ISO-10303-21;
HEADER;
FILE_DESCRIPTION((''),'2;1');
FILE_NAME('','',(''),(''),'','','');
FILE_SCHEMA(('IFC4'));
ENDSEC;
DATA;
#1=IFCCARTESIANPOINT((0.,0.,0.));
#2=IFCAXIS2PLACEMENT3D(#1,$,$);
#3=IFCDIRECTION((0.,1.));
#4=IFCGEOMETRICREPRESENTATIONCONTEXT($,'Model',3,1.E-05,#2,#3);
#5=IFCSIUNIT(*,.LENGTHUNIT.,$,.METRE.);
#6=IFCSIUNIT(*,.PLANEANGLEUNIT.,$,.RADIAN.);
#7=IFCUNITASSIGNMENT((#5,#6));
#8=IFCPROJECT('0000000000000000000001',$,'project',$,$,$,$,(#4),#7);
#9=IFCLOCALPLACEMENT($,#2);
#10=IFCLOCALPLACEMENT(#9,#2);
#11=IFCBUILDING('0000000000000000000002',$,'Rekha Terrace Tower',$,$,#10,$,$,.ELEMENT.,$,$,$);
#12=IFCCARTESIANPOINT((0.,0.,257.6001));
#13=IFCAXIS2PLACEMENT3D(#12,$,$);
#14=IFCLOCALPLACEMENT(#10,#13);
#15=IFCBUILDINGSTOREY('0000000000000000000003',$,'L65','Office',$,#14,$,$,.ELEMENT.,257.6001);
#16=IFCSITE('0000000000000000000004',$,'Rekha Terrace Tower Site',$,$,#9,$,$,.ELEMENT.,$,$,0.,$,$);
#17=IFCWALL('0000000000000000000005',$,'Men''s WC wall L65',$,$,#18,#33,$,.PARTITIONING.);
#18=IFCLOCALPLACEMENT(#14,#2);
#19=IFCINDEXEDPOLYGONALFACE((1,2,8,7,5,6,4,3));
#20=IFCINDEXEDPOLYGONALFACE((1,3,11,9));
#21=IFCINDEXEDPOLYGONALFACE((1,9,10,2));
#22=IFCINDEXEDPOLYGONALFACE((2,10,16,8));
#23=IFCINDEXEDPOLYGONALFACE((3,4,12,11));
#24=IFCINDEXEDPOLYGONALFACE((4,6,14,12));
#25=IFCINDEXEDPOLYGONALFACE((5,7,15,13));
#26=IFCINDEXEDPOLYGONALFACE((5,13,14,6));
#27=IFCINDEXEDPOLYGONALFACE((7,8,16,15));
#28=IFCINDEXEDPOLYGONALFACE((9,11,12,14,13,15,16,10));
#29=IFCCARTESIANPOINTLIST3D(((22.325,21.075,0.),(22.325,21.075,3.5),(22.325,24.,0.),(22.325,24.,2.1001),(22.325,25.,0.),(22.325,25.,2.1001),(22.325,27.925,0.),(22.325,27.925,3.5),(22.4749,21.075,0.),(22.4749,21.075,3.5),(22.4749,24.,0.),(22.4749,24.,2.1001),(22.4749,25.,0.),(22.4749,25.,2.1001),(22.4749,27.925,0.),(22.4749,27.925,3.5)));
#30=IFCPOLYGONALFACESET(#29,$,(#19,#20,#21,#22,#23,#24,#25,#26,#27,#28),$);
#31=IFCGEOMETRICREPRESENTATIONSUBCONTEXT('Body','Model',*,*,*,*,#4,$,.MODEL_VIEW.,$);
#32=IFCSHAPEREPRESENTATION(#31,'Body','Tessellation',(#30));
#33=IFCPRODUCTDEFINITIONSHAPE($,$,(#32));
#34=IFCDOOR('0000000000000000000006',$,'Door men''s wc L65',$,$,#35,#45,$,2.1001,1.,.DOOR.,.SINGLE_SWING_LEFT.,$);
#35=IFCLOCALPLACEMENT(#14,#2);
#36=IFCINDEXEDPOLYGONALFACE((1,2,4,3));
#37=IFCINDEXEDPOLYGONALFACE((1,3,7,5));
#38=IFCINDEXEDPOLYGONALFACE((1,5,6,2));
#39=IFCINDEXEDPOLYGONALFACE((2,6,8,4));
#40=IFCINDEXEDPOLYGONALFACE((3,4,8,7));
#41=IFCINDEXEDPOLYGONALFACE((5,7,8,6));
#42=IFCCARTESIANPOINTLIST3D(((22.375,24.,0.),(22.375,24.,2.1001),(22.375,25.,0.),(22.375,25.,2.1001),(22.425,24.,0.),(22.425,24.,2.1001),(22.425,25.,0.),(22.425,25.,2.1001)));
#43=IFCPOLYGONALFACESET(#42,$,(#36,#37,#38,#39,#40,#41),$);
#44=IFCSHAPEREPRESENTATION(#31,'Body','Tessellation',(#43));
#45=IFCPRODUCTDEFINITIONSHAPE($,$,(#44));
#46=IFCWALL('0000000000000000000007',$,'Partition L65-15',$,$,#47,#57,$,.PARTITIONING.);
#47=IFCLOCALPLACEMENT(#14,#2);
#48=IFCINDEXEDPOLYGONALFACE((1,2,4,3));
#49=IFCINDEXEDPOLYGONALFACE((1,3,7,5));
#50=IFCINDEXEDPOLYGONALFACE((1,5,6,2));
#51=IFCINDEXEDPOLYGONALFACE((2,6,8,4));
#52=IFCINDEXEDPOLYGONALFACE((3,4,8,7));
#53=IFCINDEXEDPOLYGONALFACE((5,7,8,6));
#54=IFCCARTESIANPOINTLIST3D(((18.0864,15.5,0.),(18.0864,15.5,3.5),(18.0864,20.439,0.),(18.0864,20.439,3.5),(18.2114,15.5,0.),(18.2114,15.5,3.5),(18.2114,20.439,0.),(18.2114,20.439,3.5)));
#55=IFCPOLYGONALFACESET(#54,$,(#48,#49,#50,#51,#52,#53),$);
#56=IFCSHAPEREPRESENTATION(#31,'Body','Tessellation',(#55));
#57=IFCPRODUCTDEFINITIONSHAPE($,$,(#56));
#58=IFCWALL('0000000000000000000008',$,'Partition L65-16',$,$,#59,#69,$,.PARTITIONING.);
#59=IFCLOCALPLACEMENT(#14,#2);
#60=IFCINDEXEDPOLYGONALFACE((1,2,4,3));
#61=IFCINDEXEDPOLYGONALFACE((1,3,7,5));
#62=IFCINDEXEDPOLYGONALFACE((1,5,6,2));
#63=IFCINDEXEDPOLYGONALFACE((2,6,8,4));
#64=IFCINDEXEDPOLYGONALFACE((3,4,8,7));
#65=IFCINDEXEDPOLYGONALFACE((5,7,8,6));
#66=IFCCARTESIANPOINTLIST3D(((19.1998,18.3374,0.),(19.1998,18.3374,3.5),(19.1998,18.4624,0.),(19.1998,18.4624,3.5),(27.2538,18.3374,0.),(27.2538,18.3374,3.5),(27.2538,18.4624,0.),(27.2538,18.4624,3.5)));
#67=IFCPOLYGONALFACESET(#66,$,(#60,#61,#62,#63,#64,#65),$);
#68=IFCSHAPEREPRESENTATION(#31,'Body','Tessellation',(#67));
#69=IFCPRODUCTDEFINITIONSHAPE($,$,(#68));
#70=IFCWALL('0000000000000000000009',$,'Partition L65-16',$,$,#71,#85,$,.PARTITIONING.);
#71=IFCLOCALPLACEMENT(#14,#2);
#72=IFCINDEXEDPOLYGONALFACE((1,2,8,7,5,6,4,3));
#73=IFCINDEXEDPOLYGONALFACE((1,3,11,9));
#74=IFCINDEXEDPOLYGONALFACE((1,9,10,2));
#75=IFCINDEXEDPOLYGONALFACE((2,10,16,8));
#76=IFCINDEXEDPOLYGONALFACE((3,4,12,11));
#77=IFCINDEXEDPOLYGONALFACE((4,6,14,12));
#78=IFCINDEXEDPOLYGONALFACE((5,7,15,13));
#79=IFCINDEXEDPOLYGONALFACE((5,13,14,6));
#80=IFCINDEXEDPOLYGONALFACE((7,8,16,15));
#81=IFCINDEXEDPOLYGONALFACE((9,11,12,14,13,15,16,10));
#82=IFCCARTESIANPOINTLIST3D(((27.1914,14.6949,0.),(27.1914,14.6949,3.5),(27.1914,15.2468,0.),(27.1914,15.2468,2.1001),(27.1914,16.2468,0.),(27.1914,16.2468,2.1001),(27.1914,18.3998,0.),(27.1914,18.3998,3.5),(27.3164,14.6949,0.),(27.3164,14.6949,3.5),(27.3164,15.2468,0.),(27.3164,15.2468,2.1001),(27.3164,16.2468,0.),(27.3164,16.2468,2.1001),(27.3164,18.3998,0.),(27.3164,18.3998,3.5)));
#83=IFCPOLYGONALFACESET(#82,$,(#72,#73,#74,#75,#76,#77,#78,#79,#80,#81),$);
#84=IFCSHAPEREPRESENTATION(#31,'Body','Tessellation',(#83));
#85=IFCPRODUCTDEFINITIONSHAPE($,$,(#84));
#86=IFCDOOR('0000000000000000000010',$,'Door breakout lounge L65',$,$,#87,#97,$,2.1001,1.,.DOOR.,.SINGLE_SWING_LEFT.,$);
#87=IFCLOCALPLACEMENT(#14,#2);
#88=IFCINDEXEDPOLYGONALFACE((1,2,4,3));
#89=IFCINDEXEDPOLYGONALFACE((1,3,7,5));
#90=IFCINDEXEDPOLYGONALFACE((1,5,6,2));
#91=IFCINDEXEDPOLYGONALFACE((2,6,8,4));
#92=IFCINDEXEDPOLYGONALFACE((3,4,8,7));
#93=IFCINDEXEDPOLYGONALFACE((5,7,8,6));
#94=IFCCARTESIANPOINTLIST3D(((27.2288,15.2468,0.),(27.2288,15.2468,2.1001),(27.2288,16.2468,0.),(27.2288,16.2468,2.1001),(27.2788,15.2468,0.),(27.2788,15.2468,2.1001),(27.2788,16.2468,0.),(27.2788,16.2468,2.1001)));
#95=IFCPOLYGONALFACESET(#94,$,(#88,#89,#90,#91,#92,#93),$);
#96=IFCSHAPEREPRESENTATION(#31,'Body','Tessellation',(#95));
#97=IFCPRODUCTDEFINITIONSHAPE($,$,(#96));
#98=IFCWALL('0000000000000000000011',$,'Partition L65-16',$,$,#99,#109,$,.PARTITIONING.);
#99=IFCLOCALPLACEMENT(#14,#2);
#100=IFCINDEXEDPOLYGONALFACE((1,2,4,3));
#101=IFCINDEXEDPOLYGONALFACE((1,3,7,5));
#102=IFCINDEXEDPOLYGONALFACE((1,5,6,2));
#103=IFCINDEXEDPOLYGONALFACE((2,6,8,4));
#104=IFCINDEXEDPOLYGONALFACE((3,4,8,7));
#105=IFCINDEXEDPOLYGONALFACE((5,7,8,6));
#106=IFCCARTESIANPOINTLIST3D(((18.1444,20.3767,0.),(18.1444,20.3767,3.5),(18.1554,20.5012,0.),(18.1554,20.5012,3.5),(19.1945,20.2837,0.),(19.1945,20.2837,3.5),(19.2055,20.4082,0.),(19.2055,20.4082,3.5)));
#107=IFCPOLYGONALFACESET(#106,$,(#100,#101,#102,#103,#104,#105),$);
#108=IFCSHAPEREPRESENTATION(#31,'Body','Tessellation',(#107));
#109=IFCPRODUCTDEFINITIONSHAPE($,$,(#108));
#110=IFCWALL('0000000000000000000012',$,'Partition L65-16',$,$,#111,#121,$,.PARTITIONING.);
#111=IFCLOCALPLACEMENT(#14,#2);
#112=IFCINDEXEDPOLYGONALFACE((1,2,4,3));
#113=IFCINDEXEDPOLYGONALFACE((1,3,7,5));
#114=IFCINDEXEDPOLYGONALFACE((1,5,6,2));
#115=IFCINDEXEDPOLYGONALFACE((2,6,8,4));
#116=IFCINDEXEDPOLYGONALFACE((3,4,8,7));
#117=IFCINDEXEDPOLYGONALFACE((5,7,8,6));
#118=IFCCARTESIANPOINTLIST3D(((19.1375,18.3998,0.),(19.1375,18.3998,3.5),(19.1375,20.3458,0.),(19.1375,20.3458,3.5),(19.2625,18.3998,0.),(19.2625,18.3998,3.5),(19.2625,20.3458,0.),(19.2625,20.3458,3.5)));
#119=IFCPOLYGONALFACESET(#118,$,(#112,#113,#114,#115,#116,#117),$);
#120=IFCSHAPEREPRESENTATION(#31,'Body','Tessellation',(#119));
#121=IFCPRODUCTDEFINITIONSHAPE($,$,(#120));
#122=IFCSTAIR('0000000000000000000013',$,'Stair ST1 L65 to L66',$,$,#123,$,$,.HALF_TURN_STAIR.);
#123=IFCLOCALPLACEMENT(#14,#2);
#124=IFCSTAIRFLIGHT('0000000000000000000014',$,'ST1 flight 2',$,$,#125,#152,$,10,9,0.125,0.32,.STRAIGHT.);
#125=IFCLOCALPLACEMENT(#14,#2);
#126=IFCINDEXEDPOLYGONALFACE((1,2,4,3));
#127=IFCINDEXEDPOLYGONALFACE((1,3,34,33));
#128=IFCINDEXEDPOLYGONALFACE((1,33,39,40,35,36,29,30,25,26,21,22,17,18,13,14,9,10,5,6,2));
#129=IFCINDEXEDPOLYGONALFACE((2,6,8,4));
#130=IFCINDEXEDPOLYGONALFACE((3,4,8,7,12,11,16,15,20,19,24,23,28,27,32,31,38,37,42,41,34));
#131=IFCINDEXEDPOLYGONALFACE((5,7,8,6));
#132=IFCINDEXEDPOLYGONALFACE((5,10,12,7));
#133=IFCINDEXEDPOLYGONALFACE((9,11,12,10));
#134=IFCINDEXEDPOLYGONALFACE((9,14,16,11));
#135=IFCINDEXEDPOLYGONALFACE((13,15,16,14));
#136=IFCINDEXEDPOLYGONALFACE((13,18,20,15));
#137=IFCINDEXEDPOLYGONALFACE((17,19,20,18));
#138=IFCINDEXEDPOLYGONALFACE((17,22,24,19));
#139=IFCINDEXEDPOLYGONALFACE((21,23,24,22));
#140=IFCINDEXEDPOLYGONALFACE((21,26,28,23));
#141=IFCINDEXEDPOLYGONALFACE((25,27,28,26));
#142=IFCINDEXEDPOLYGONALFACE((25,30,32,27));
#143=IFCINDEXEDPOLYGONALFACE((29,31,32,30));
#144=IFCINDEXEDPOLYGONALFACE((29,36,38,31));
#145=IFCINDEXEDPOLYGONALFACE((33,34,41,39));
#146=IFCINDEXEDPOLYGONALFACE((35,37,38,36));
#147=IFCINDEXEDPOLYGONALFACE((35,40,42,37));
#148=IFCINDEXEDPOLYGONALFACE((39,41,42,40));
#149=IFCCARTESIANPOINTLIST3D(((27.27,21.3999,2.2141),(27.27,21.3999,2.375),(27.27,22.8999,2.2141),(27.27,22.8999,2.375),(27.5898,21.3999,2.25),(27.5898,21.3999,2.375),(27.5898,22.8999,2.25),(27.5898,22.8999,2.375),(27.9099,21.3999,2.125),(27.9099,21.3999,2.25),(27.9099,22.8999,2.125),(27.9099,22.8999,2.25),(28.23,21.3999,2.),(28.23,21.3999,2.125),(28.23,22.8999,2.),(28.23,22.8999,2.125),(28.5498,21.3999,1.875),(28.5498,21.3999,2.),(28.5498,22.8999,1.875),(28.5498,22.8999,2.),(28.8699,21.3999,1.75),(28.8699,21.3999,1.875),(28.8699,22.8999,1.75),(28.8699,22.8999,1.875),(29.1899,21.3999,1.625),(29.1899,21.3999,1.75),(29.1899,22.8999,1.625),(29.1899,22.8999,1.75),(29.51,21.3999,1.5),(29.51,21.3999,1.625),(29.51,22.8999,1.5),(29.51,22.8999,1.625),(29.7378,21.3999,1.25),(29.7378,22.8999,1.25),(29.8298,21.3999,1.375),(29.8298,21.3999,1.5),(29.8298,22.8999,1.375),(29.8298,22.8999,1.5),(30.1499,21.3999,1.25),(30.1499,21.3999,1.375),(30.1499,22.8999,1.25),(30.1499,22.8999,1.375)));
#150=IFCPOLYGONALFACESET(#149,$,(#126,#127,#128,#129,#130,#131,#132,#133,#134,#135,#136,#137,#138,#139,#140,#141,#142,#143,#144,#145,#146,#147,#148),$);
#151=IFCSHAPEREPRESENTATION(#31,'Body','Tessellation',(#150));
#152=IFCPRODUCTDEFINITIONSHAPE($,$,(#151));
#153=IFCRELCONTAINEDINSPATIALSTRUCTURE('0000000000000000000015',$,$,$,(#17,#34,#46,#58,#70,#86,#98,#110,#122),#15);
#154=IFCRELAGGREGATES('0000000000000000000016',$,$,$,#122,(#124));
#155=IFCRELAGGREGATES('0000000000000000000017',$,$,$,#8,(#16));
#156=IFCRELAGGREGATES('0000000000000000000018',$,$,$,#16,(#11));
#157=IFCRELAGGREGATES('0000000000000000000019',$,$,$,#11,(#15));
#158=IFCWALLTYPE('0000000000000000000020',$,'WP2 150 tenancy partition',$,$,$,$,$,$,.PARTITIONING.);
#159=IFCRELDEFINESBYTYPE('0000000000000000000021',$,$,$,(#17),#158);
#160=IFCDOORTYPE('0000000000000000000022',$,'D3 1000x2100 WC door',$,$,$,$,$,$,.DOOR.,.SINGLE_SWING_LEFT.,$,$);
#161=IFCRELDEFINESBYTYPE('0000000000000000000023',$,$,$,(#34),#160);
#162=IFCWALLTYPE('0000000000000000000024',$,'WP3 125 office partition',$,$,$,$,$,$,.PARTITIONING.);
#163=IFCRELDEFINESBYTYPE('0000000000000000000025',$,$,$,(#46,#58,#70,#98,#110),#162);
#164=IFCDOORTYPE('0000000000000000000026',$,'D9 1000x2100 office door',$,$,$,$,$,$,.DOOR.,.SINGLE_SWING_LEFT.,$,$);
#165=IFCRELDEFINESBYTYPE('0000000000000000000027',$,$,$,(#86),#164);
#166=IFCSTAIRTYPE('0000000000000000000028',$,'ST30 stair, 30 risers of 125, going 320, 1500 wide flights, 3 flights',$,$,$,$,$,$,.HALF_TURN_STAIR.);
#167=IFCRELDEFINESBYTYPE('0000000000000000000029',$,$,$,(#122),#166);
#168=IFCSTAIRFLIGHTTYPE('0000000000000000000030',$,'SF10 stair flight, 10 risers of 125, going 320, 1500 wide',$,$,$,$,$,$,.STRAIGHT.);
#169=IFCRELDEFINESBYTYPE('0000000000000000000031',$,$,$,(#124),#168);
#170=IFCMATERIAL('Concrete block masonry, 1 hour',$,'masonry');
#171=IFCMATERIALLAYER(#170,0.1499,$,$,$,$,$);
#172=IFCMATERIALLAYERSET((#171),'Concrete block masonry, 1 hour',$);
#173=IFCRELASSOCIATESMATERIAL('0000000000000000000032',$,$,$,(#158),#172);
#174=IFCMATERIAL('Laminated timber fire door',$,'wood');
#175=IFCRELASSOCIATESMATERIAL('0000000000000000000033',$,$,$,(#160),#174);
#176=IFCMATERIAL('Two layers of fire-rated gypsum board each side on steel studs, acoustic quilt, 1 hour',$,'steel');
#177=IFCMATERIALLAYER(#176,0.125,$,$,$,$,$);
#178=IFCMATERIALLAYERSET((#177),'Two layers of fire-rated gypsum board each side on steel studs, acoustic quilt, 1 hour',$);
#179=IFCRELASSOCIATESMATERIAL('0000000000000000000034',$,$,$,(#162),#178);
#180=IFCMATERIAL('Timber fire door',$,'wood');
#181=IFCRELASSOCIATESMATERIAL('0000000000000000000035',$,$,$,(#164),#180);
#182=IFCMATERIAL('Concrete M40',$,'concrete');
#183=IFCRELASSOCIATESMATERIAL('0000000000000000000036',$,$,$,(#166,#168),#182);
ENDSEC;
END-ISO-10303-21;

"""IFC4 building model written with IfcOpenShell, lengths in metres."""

from ifc_helpers import new_model, si_unit, direction, frame, frame_2d, origin, place, context, subcontext, project, spatial, polyline, rectangle, outline, extrude, material, layer, layer_set, type_object, element, fill, aggregate, save


model = new_model("IFC4")

# Units and contexts
model_context = context("Model", 3, precision=1e-05, world=origin(), true_north=direction((0.0, 1.0)))
body_context = subcontext(model_context, "Body", "Model", "MODEL_VIEW")
ifc_project = project(units=[si_unit("LENGTHUNIT", "METRE"), si_unit("PLANEANGLEUNIT", "RADIAN")], contexts=[model_context])

# Site, building, storey
site_placement = place(None, origin())
site = spatial("IfcSite", under=ifc_project, at=site_placement, Name="Rekha Terrace Tower Site", CompositionType="ELEMENT", RefElevation=0.0)
building_placement = place(site_placement, origin())
building = spatial("IfcBuilding", under=site, at=building_placement, Name="Rekha Terrace Tower", CompositionType="ELEMENT")
storey_placement = place(building_placement, frame((0.0, 0.0, 257.6001)))
storey = spatial("IfcBuildingStorey", under=building, at=storey_placement, Name="L65", Description="Office", CompositionType="ELEMENT", Elevation=257.6001)

# Shared definitions
ifc_material_1 = material(Name="Concrete block masonry, 1 hour", Category="masonry")
ifc_layer_1 = layer(ifc_material_1, 0.1499)
ifc_layer_set_1 = layer_set([ifc_layer_1], Name="Concrete block masonry, 1 hour")
wall_type_1 = type_object("IfcWallType", Name="WP2 150 tenancy partition", PredefinedType="PARTITIONING", material=ifc_layer_set_1)

# Wall, opening, door
wall_1_placement = place(storey_placement, frame((22.3999, 21.075, 0.0), z_axis=(0.0, 0.0, 1.0), x_axis=(0.0, 1.0, 0.0)))
wall_1 = element("IfcWall", 1, at=wall_1_placement, inside=storey, type_object=wall_type_1, Name="Men's WC wall L65", PredefinedType="PARTITIONING", context=body_context, shape_type="SweptSolid", body=[
    extrude(rectangle(XDim=6.8501, YDim=0.1499, at=frame_2d((3.425, 0.0))), origin(), (0.0, 0.0, 1.0), 3.5),
])
opening_1_placement = place(wall_1_placement, frame((2.925, 0.0, 0.0)))
opening_1 = element("IfcOpeningElement", 2, at=opening_1_placement, cuts=wall_1, PredefinedType="OPENING", context=body_context, shape_type="SweptSolid", body=[
    extrude(rectangle(XDim=1.0, YDim=2.1001, at=frame_2d((0.5, 1.05))), frame((0.0, 0.085, 0.0), z_axis=(0.0, -1.0, 0.0), x_axis=(1.0, 0.0, 0.0)), (0.0, 0.0, 1.0), 0.1699),
])
ifc_material_2 = material(Name="Laminated timber fire door", Category="wood")
door_type_1 = type_object("IfcDoorType", Name="D3 1000x2100 WC door", OperationType="SINGLE_SWING_LEFT", PredefinedType="DOOR", material=ifc_material_2)
door_1_placement = place(opening_1_placement, origin())
door_1 = element("IfcDoor", 3, at=door_1_placement, inside=storey, type_object=door_type_1, Name="Door men's wc L65", OperationType="SINGLE_SWING_LEFT", OverallHeight=2.1001, OverallWidth=1.0, PredefinedType="DOOR", context=body_context, shape_type="SweptSolid", body=[
    extrude(rectangle(XDim=1.0, YDim=2.1001, at=frame_2d((0.5, 1.05))), frame((0.0, 0.0249, 0.0), z_axis=(0.0, -1.0, 0.0), x_axis=(1.0, 0.0, 0.0)), (0.0, 0.0, 1.0), 0.05),
])
fill(opening_1, door_1)

# Walls
ifc_material_3 = material(Name="Two layers of fire-rated gypsum board each side on steel studs, acoustic quilt, 1 hour", Category="steel")
ifc_layer_2 = layer(ifc_material_3, 0.125)
ifc_layer_set_2 = layer_set([ifc_layer_2], Name="Two layers of fire-rated gypsum board each side on steel studs, acoustic quilt, 1 hour")
wall_type_2 = type_object("IfcWallType", Name="WP3 125 office partition", PredefinedType="PARTITIONING", material=ifc_layer_set_2)
wall_2_placement = place(storey_placement, frame((18.1489, 20.439, 0.0), z_axis=(0.0, 0.0, 1.0), x_axis=(0.0, -1.0, 0.0)))
element("IfcWall", 4, at=wall_2_placement, inside=storey, type_object=wall_type_2, Name="Partition L65-15", PredefinedType="PARTITIONING", context=body_context, shape_type="SweptSolid", body=[
    extrude(rectangle(XDim=4.939, YDim=0.125, at=frame_2d((2.4695, 0.0))), origin(), (0.0, 0.0, 1.0), 3.5),
])
wall_3_placement = place(storey_placement, frame((19.2, 18.3999, 0.0), z_axis=(0.0, 0.0, 1.0), x_axis=(1.0, 0.0, 0.0)))
element("IfcWall", 5, at=wall_3_placement, inside=storey, type_object=wall_type_2, Name="Partition L65-16", PredefinedType="PARTITIONING", context=body_context, shape_type="SweptSolid", body=[
    extrude(rectangle(XDim=8.054, YDim=0.125, at=frame_2d((4.0269, 0.0))), origin(), (0.0, 0.0, 1.0), 3.5),
])

# Wall, opening, door
wall_4_placement = place(storey_placement, frame((27.2539, 18.3999, 0.0), z_axis=(0.0, 0.0, 1.0), x_axis=(0.0, -1.0, 0.0)))
wall_4 = element("IfcWall", 6, at=wall_4_placement, inside=storey, type_object=wall_type_2, Name="Partition L65-16", PredefinedType="PARTITIONING", context=body_context, shape_type="SweptSolid", body=[
    extrude(rectangle(XDim=3.7048, YDim=0.125, at=frame_2d((1.8525, 0.0))), origin(), (0.0, 0.0, 1.0), 3.5),
])
opening_2_placement = place(wall_4_placement, frame((2.1531, 0.0, 0.0)))
opening_2 = element("IfcOpeningElement", 7, at=opening_2_placement, cuts=wall_4, PredefinedType="OPENING", context=body_context, shape_type="SweptSolid", body=[
    extrude(rectangle(XDim=1.0, YDim=2.1001, at=frame_2d((0.5, 1.05))), frame((0.0, 0.0725, 0.0), z_axis=(0.0, -1.0, 0.0), x_axis=(1.0, 0.0, 0.0)), (0.0, 0.0, 1.0), 0.145),
])
ifc_material_4 = material(Name="Timber fire door", Category="wood")
door_type_2 = type_object("IfcDoorType", Name="D9 1000x2100 office door", OperationType="SINGLE_SWING_LEFT", PredefinedType="DOOR", material=ifc_material_4)
door_2_placement = place(opening_2_placement, origin())
door_2 = element("IfcDoor", 8, at=door_2_placement, inside=storey, type_object=door_type_2, Name="Door breakout lounge L65", OperationType="SINGLE_SWING_LEFT", OverallHeight=2.1001, OverallWidth=1.0, PredefinedType="DOOR", context=body_context, shape_type="SweptSolid", body=[
    extrude(rectangle(XDim=1.0, YDim=2.1001, at=frame_2d((0.5, 1.05))), frame((0.0, 0.0249, 0.0), z_axis=(0.0, -1.0, 0.0), x_axis=(1.0, 0.0, 0.0)), (0.0, 0.0, 1.0), 0.05),
])
fill(opening_2, door_2)

# Walls
wall_5_placement = place(storey_placement, frame((18.1499, 20.439, 0.0), z_axis=(0.0, 0.0, 1.0), x_axis=(0.996099, -0.088239, 0.0)))
element("IfcWall", 9, at=wall_5_placement, inside=storey, type_object=wall_type_2, Name="Partition L65-16", PredefinedType="PARTITIONING", context=body_context, shape_type="SweptSolid", body=[
    extrude(rectangle(XDim=1.0542, YDim=0.125, at=frame_2d((0.5271, 0.0))), origin(), (0.0, 0.0, 1.0), 3.5),
])
wall_6_placement = place(storey_placement, frame((19.2, 20.3459, 0.0), z_axis=(0.0, 0.0, 1.0), x_axis=(0.0, -1.0, 0.0)))
element("IfcWall", 10, at=wall_6_placement, inside=storey, type_object=wall_type_2, Name="Partition L65-16", PredefinedType="PARTITIONING", context=body_context, shape_type="SweptSolid", body=[
    extrude(rectangle(XDim=1.946, YDim=0.125, at=frame_2d((0.9731, 0.0))), origin(), (0.0, 0.0, 1.0), 3.5),
])

# Stair, stair flight
ifc_material_5 = material(Name="Concrete M40", Category="concrete")
stair_type = type_object("IfcStairType", Name="ST30 stair, 30 risers of 125, going 320, 1500 wide flights, 3 flights", PredefinedType="HALF_TURN_STAIR", material=ifc_material_5)
stair_placement = place(storey_placement, origin())
stair = element("IfcStair", 11, at=stair_placement, inside=storey, type_object=stair_type, Name="Stair ST1 L65 to L66", PredefinedType="HALF_TURN_STAIR")
stair_flight_type = type_object("IfcStairFlightType", Name="SF10 stair flight, 10 risers of 125, going 320, 1500 wide", PredefinedType="STRAIGHT", material=ifc_material_5)
stair_flight_placement = place(storey_placement, frame((30.1499, 22.1499, 1.25), z_axis=(0.0, 0.0, 1.0), x_axis=(-1.0, 0.0, 0.0)))
stair_flight = element("IfcStairFlight", 12, at=stair_flight_placement, type_object=stair_flight_type, Name="ST1 flight 2", NumberOfRisers=10, NumberOfTreads=9, PredefinedType="STRAIGHT", RiserHeight=0.125, TreadLength=0.32, context=body_context, shape_type="SweptSolid", body=[
    extrude(outline(polyline([(0.0, 0.0), (0.0, 0.125), (0.3201, 0.125), (0.3201, 0.25), (0.6399, 0.25), (0.6399, 0.375), (0.96, 0.375), (0.96, 0.5), (1.28, 0.5), (1.28, 0.625), (1.6001, 0.625), (1.6001, 0.75), (1.9199, 0.75), (1.9199, 0.875), (2.24, 0.875), (2.24, 1.0), (2.5601, 1.0), (2.5601, 1.125), (2.8799, 1.125), (2.8799, 1.25), (2.8799, 0.9641), (0.4121, 0.0), (0.0, 0.0)])), frame((0.0, 0.75, 0.0), z_axis=(0.0, -1.0, 0.0), x_axis=(1.0, 0.0, 0.0)), (0.0, 0.0, 1.0), 1.5),
])
aggregate(stair, [stair_flight])

save(model, "model.ifc")
